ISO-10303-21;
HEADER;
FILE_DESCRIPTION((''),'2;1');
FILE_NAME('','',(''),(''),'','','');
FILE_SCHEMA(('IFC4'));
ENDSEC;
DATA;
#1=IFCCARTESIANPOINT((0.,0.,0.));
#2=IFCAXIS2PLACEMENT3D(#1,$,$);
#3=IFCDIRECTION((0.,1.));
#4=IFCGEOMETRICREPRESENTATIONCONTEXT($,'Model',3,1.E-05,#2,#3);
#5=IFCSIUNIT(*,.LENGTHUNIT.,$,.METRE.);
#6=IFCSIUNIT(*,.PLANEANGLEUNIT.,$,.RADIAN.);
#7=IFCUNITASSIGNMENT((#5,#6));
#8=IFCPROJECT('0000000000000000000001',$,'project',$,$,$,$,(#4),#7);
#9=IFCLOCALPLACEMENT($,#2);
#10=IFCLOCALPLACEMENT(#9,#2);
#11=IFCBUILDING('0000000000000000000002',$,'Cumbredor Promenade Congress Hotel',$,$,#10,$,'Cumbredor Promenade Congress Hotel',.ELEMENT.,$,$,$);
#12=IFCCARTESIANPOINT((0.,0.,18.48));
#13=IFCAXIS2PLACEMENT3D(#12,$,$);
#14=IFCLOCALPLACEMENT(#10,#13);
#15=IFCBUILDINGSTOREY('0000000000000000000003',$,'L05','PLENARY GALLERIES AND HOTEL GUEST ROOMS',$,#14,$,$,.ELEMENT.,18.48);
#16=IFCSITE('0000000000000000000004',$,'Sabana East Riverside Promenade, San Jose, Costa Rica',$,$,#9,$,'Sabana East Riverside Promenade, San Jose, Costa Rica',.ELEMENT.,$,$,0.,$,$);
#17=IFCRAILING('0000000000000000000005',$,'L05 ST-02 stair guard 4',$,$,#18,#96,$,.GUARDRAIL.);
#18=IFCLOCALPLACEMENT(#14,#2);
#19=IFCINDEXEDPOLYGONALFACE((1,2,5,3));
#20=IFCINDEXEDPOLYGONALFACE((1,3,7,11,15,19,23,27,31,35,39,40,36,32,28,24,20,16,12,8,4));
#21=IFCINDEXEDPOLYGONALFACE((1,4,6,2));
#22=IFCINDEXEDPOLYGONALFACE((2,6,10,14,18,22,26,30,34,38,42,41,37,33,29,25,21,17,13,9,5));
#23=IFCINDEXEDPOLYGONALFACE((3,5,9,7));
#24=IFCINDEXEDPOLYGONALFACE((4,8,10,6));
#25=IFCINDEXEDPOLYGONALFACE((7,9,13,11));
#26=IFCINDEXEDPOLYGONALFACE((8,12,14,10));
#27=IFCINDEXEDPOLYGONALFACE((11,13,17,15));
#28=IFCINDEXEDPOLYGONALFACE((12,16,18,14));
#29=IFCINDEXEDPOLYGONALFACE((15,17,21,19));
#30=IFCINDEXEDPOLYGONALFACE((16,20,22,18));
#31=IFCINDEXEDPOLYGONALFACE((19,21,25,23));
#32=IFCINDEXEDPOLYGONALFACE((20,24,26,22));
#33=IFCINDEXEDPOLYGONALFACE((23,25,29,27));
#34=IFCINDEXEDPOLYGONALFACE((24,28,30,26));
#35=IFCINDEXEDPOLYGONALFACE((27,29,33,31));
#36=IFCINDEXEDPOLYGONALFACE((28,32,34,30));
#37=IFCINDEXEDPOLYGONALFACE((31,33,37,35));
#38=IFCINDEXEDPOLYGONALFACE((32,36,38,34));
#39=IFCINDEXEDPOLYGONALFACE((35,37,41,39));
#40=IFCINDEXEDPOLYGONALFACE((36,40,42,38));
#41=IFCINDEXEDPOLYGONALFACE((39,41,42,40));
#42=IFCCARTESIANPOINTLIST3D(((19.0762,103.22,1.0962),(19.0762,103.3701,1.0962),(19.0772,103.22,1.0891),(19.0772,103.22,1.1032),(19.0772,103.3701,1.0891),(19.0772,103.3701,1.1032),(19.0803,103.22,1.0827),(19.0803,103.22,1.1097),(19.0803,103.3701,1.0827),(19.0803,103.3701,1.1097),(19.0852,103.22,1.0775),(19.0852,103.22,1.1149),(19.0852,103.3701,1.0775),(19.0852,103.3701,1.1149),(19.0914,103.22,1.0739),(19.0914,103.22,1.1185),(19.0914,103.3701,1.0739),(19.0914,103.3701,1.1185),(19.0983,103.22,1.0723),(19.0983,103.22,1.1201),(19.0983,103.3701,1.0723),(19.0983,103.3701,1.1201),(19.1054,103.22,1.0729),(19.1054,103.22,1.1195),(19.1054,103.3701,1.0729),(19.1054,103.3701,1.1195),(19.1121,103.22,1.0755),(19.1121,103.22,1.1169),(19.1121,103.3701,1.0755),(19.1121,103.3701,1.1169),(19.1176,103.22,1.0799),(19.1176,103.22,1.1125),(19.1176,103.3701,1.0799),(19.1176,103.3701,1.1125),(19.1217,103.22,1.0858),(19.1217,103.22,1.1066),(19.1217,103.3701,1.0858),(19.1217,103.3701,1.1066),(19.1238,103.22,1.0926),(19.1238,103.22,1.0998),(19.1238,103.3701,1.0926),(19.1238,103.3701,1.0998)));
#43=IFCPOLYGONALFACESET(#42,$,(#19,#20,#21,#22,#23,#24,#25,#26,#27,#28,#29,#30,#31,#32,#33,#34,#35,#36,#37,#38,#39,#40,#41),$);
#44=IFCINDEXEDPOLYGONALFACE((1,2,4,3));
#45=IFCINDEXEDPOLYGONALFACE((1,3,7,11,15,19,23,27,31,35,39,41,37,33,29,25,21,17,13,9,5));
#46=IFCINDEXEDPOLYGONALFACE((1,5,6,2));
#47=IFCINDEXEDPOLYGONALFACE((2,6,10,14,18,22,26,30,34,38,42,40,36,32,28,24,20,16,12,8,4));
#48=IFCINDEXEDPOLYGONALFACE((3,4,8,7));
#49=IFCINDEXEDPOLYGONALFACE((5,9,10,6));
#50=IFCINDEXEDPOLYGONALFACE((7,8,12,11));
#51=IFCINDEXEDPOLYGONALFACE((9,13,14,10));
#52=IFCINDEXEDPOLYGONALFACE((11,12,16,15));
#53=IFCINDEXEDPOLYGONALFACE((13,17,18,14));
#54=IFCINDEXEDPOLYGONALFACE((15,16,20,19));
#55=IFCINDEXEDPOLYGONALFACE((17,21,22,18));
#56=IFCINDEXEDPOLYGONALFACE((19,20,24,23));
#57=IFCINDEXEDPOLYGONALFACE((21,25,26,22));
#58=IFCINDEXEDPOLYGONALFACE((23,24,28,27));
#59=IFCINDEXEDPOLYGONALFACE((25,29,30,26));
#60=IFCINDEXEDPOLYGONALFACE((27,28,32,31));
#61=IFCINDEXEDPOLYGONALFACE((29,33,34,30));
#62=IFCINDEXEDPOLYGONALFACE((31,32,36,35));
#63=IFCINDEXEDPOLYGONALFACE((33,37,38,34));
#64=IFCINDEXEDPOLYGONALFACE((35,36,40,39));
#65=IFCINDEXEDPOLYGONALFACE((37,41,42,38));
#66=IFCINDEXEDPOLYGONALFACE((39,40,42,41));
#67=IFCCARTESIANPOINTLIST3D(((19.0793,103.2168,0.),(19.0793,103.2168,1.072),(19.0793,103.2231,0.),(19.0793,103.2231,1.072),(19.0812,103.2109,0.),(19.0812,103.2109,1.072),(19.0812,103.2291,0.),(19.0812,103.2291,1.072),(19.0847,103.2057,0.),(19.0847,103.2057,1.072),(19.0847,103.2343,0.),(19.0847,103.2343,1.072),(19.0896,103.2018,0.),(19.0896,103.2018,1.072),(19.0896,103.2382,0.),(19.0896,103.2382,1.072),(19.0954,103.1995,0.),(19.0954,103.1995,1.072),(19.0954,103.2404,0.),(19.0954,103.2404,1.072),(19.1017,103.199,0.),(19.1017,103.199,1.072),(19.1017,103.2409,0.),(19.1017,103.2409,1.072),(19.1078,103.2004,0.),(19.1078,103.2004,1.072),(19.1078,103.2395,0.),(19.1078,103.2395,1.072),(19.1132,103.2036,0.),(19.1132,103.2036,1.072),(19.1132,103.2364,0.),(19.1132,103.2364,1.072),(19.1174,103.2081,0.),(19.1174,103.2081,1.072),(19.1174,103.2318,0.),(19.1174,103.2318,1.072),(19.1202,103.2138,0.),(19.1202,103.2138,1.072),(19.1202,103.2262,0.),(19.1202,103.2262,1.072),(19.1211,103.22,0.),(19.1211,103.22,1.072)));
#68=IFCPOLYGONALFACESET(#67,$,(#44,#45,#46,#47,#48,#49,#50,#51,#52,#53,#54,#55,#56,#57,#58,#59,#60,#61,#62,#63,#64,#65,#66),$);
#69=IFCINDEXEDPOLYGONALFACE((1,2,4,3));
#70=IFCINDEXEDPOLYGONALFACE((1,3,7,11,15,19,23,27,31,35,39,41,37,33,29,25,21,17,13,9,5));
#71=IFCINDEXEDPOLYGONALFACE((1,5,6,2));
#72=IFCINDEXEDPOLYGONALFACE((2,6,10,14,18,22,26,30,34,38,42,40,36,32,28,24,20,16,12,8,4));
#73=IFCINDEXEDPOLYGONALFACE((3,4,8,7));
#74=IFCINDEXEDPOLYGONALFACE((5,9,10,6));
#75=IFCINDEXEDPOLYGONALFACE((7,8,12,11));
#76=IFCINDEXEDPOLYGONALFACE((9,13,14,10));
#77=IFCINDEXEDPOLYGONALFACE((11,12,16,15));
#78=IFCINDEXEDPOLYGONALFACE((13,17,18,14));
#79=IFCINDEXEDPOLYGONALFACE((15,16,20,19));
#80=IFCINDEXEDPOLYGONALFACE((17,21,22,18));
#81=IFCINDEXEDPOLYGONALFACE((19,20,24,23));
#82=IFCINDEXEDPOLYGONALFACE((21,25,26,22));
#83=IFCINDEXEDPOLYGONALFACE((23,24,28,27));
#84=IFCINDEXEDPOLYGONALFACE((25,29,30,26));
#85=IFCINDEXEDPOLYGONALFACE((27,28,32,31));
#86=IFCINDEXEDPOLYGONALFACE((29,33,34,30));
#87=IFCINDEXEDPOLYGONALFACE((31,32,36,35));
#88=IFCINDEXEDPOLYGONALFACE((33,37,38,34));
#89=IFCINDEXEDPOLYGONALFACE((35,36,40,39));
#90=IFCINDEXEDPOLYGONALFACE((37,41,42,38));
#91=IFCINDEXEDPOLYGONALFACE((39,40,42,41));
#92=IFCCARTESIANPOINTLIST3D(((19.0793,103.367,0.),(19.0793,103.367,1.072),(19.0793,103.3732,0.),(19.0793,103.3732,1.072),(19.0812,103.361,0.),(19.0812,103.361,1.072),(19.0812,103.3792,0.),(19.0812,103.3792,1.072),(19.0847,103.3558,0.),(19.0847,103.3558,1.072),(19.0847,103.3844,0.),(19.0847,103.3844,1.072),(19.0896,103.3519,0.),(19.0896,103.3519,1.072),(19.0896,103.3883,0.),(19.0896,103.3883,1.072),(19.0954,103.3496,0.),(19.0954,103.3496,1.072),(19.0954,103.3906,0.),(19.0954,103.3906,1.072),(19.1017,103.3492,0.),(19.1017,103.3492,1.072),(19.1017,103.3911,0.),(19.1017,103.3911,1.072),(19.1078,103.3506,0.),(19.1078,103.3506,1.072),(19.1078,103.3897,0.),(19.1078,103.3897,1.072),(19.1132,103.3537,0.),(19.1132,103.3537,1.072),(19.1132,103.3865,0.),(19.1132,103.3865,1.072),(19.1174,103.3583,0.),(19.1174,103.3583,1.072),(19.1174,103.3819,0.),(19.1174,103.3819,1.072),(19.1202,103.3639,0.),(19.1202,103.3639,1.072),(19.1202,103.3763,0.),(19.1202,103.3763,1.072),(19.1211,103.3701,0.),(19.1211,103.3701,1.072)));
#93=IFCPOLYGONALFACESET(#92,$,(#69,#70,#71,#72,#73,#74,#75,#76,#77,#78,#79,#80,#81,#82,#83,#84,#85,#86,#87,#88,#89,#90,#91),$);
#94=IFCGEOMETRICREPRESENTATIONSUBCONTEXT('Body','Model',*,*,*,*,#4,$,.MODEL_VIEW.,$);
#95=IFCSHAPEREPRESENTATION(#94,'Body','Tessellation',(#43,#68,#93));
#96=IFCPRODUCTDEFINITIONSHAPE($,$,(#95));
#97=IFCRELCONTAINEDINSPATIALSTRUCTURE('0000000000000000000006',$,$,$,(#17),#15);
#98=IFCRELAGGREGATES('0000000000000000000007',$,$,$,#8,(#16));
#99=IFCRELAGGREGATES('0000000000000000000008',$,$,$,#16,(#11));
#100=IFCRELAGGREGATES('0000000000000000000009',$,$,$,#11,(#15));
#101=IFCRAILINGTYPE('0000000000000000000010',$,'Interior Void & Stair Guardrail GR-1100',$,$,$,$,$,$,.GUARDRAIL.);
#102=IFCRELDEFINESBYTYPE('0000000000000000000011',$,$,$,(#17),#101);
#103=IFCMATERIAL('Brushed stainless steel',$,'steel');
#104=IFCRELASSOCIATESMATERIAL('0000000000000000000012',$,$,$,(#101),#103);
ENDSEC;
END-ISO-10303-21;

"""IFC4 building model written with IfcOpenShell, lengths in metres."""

from ifc_helpers import new_model, si_unit, direction, frame, origin, origin_2d, place, context, subcontext, project, spatial, circle, extrude, material, type_object, element, save


model = new_model("IFC4")

# Units and contexts
model_context = context("Model", 3, precision=1e-05, world=origin(), true_north=direction((0.0, 1.0)))
body_context = subcontext(model_context, "Body", "Model", "MODEL_VIEW")
ifc_project = project(units=[si_unit("LENGTHUNIT", "METRE"), si_unit("PLANEANGLEUNIT", "RADIAN")], contexts=[model_context])

# Site, building, storey
site_placement = place(None, origin())
site = spatial("IfcSite", under=ifc_project, at=site_placement, Name="Sabana East Riverside Promenade, San Jose, Costa Rica", LongName="Sabana East Riverside Promenade, San Jose, Costa Rica", CompositionType="ELEMENT", RefElevation=0.0)
building_placement = place(site_placement, origin())
building = spatial("IfcBuilding", under=site, at=building_placement, Name="Cumbredor Promenade Congress Hotel", LongName="Cumbredor Promenade Congress Hotel", CompositionType="ELEMENT")
storey_placement = place(building_placement, frame((0.0, 0.0, 18.48)))
storey = spatial("IfcBuildingStorey", under=building, at=storey_placement, Name="L05", Description="PLENARY GALLERIES AND HOTEL GUEST ROOMS", CompositionType="ELEMENT", Elevation=18.48)

# Railing
ifc_material_1 = material(Name="Brushed stainless steel", Category="steel")
railing_type_1 = type_object("IfcRailingType", Name="Interior Void & Stair Guardrail GR-1100", PredefinedType="GUARDRAIL", material=ifc_material_1)
railing_1_placement = place(storey_placement, frame((19.1001, 103.22, 0.0)))
element("IfcRailing", 1, at=railing_1_placement, inside=storey, type_object=railing_type_1, Name="L05 ST-02 stair guard 4", PredefinedType="GUARDRAIL", context=body_context, shape_type="SweptSolid", body=[
    extrude(circle(Radius=0.0239, at=origin_2d()), frame((0.0, 0.0, 1.0962), z_axis=(0.0, 1.0, 0.0), x_axis=(-1.0, 0.0, 0.0)), (0.0, 0.0, 1.0), 0.1501),
    extrude(circle(Radius=0.021, at=origin_2d()), origin(), (0.0, 0.0, 1.0), 1.072),
    extrude(circle(Radius=0.021, at=origin_2d()), frame((0.0, 0.1501, 0.0)), (0.0, 0.0, 1.0), 1.072),
])

save(model, "model.ifc")
